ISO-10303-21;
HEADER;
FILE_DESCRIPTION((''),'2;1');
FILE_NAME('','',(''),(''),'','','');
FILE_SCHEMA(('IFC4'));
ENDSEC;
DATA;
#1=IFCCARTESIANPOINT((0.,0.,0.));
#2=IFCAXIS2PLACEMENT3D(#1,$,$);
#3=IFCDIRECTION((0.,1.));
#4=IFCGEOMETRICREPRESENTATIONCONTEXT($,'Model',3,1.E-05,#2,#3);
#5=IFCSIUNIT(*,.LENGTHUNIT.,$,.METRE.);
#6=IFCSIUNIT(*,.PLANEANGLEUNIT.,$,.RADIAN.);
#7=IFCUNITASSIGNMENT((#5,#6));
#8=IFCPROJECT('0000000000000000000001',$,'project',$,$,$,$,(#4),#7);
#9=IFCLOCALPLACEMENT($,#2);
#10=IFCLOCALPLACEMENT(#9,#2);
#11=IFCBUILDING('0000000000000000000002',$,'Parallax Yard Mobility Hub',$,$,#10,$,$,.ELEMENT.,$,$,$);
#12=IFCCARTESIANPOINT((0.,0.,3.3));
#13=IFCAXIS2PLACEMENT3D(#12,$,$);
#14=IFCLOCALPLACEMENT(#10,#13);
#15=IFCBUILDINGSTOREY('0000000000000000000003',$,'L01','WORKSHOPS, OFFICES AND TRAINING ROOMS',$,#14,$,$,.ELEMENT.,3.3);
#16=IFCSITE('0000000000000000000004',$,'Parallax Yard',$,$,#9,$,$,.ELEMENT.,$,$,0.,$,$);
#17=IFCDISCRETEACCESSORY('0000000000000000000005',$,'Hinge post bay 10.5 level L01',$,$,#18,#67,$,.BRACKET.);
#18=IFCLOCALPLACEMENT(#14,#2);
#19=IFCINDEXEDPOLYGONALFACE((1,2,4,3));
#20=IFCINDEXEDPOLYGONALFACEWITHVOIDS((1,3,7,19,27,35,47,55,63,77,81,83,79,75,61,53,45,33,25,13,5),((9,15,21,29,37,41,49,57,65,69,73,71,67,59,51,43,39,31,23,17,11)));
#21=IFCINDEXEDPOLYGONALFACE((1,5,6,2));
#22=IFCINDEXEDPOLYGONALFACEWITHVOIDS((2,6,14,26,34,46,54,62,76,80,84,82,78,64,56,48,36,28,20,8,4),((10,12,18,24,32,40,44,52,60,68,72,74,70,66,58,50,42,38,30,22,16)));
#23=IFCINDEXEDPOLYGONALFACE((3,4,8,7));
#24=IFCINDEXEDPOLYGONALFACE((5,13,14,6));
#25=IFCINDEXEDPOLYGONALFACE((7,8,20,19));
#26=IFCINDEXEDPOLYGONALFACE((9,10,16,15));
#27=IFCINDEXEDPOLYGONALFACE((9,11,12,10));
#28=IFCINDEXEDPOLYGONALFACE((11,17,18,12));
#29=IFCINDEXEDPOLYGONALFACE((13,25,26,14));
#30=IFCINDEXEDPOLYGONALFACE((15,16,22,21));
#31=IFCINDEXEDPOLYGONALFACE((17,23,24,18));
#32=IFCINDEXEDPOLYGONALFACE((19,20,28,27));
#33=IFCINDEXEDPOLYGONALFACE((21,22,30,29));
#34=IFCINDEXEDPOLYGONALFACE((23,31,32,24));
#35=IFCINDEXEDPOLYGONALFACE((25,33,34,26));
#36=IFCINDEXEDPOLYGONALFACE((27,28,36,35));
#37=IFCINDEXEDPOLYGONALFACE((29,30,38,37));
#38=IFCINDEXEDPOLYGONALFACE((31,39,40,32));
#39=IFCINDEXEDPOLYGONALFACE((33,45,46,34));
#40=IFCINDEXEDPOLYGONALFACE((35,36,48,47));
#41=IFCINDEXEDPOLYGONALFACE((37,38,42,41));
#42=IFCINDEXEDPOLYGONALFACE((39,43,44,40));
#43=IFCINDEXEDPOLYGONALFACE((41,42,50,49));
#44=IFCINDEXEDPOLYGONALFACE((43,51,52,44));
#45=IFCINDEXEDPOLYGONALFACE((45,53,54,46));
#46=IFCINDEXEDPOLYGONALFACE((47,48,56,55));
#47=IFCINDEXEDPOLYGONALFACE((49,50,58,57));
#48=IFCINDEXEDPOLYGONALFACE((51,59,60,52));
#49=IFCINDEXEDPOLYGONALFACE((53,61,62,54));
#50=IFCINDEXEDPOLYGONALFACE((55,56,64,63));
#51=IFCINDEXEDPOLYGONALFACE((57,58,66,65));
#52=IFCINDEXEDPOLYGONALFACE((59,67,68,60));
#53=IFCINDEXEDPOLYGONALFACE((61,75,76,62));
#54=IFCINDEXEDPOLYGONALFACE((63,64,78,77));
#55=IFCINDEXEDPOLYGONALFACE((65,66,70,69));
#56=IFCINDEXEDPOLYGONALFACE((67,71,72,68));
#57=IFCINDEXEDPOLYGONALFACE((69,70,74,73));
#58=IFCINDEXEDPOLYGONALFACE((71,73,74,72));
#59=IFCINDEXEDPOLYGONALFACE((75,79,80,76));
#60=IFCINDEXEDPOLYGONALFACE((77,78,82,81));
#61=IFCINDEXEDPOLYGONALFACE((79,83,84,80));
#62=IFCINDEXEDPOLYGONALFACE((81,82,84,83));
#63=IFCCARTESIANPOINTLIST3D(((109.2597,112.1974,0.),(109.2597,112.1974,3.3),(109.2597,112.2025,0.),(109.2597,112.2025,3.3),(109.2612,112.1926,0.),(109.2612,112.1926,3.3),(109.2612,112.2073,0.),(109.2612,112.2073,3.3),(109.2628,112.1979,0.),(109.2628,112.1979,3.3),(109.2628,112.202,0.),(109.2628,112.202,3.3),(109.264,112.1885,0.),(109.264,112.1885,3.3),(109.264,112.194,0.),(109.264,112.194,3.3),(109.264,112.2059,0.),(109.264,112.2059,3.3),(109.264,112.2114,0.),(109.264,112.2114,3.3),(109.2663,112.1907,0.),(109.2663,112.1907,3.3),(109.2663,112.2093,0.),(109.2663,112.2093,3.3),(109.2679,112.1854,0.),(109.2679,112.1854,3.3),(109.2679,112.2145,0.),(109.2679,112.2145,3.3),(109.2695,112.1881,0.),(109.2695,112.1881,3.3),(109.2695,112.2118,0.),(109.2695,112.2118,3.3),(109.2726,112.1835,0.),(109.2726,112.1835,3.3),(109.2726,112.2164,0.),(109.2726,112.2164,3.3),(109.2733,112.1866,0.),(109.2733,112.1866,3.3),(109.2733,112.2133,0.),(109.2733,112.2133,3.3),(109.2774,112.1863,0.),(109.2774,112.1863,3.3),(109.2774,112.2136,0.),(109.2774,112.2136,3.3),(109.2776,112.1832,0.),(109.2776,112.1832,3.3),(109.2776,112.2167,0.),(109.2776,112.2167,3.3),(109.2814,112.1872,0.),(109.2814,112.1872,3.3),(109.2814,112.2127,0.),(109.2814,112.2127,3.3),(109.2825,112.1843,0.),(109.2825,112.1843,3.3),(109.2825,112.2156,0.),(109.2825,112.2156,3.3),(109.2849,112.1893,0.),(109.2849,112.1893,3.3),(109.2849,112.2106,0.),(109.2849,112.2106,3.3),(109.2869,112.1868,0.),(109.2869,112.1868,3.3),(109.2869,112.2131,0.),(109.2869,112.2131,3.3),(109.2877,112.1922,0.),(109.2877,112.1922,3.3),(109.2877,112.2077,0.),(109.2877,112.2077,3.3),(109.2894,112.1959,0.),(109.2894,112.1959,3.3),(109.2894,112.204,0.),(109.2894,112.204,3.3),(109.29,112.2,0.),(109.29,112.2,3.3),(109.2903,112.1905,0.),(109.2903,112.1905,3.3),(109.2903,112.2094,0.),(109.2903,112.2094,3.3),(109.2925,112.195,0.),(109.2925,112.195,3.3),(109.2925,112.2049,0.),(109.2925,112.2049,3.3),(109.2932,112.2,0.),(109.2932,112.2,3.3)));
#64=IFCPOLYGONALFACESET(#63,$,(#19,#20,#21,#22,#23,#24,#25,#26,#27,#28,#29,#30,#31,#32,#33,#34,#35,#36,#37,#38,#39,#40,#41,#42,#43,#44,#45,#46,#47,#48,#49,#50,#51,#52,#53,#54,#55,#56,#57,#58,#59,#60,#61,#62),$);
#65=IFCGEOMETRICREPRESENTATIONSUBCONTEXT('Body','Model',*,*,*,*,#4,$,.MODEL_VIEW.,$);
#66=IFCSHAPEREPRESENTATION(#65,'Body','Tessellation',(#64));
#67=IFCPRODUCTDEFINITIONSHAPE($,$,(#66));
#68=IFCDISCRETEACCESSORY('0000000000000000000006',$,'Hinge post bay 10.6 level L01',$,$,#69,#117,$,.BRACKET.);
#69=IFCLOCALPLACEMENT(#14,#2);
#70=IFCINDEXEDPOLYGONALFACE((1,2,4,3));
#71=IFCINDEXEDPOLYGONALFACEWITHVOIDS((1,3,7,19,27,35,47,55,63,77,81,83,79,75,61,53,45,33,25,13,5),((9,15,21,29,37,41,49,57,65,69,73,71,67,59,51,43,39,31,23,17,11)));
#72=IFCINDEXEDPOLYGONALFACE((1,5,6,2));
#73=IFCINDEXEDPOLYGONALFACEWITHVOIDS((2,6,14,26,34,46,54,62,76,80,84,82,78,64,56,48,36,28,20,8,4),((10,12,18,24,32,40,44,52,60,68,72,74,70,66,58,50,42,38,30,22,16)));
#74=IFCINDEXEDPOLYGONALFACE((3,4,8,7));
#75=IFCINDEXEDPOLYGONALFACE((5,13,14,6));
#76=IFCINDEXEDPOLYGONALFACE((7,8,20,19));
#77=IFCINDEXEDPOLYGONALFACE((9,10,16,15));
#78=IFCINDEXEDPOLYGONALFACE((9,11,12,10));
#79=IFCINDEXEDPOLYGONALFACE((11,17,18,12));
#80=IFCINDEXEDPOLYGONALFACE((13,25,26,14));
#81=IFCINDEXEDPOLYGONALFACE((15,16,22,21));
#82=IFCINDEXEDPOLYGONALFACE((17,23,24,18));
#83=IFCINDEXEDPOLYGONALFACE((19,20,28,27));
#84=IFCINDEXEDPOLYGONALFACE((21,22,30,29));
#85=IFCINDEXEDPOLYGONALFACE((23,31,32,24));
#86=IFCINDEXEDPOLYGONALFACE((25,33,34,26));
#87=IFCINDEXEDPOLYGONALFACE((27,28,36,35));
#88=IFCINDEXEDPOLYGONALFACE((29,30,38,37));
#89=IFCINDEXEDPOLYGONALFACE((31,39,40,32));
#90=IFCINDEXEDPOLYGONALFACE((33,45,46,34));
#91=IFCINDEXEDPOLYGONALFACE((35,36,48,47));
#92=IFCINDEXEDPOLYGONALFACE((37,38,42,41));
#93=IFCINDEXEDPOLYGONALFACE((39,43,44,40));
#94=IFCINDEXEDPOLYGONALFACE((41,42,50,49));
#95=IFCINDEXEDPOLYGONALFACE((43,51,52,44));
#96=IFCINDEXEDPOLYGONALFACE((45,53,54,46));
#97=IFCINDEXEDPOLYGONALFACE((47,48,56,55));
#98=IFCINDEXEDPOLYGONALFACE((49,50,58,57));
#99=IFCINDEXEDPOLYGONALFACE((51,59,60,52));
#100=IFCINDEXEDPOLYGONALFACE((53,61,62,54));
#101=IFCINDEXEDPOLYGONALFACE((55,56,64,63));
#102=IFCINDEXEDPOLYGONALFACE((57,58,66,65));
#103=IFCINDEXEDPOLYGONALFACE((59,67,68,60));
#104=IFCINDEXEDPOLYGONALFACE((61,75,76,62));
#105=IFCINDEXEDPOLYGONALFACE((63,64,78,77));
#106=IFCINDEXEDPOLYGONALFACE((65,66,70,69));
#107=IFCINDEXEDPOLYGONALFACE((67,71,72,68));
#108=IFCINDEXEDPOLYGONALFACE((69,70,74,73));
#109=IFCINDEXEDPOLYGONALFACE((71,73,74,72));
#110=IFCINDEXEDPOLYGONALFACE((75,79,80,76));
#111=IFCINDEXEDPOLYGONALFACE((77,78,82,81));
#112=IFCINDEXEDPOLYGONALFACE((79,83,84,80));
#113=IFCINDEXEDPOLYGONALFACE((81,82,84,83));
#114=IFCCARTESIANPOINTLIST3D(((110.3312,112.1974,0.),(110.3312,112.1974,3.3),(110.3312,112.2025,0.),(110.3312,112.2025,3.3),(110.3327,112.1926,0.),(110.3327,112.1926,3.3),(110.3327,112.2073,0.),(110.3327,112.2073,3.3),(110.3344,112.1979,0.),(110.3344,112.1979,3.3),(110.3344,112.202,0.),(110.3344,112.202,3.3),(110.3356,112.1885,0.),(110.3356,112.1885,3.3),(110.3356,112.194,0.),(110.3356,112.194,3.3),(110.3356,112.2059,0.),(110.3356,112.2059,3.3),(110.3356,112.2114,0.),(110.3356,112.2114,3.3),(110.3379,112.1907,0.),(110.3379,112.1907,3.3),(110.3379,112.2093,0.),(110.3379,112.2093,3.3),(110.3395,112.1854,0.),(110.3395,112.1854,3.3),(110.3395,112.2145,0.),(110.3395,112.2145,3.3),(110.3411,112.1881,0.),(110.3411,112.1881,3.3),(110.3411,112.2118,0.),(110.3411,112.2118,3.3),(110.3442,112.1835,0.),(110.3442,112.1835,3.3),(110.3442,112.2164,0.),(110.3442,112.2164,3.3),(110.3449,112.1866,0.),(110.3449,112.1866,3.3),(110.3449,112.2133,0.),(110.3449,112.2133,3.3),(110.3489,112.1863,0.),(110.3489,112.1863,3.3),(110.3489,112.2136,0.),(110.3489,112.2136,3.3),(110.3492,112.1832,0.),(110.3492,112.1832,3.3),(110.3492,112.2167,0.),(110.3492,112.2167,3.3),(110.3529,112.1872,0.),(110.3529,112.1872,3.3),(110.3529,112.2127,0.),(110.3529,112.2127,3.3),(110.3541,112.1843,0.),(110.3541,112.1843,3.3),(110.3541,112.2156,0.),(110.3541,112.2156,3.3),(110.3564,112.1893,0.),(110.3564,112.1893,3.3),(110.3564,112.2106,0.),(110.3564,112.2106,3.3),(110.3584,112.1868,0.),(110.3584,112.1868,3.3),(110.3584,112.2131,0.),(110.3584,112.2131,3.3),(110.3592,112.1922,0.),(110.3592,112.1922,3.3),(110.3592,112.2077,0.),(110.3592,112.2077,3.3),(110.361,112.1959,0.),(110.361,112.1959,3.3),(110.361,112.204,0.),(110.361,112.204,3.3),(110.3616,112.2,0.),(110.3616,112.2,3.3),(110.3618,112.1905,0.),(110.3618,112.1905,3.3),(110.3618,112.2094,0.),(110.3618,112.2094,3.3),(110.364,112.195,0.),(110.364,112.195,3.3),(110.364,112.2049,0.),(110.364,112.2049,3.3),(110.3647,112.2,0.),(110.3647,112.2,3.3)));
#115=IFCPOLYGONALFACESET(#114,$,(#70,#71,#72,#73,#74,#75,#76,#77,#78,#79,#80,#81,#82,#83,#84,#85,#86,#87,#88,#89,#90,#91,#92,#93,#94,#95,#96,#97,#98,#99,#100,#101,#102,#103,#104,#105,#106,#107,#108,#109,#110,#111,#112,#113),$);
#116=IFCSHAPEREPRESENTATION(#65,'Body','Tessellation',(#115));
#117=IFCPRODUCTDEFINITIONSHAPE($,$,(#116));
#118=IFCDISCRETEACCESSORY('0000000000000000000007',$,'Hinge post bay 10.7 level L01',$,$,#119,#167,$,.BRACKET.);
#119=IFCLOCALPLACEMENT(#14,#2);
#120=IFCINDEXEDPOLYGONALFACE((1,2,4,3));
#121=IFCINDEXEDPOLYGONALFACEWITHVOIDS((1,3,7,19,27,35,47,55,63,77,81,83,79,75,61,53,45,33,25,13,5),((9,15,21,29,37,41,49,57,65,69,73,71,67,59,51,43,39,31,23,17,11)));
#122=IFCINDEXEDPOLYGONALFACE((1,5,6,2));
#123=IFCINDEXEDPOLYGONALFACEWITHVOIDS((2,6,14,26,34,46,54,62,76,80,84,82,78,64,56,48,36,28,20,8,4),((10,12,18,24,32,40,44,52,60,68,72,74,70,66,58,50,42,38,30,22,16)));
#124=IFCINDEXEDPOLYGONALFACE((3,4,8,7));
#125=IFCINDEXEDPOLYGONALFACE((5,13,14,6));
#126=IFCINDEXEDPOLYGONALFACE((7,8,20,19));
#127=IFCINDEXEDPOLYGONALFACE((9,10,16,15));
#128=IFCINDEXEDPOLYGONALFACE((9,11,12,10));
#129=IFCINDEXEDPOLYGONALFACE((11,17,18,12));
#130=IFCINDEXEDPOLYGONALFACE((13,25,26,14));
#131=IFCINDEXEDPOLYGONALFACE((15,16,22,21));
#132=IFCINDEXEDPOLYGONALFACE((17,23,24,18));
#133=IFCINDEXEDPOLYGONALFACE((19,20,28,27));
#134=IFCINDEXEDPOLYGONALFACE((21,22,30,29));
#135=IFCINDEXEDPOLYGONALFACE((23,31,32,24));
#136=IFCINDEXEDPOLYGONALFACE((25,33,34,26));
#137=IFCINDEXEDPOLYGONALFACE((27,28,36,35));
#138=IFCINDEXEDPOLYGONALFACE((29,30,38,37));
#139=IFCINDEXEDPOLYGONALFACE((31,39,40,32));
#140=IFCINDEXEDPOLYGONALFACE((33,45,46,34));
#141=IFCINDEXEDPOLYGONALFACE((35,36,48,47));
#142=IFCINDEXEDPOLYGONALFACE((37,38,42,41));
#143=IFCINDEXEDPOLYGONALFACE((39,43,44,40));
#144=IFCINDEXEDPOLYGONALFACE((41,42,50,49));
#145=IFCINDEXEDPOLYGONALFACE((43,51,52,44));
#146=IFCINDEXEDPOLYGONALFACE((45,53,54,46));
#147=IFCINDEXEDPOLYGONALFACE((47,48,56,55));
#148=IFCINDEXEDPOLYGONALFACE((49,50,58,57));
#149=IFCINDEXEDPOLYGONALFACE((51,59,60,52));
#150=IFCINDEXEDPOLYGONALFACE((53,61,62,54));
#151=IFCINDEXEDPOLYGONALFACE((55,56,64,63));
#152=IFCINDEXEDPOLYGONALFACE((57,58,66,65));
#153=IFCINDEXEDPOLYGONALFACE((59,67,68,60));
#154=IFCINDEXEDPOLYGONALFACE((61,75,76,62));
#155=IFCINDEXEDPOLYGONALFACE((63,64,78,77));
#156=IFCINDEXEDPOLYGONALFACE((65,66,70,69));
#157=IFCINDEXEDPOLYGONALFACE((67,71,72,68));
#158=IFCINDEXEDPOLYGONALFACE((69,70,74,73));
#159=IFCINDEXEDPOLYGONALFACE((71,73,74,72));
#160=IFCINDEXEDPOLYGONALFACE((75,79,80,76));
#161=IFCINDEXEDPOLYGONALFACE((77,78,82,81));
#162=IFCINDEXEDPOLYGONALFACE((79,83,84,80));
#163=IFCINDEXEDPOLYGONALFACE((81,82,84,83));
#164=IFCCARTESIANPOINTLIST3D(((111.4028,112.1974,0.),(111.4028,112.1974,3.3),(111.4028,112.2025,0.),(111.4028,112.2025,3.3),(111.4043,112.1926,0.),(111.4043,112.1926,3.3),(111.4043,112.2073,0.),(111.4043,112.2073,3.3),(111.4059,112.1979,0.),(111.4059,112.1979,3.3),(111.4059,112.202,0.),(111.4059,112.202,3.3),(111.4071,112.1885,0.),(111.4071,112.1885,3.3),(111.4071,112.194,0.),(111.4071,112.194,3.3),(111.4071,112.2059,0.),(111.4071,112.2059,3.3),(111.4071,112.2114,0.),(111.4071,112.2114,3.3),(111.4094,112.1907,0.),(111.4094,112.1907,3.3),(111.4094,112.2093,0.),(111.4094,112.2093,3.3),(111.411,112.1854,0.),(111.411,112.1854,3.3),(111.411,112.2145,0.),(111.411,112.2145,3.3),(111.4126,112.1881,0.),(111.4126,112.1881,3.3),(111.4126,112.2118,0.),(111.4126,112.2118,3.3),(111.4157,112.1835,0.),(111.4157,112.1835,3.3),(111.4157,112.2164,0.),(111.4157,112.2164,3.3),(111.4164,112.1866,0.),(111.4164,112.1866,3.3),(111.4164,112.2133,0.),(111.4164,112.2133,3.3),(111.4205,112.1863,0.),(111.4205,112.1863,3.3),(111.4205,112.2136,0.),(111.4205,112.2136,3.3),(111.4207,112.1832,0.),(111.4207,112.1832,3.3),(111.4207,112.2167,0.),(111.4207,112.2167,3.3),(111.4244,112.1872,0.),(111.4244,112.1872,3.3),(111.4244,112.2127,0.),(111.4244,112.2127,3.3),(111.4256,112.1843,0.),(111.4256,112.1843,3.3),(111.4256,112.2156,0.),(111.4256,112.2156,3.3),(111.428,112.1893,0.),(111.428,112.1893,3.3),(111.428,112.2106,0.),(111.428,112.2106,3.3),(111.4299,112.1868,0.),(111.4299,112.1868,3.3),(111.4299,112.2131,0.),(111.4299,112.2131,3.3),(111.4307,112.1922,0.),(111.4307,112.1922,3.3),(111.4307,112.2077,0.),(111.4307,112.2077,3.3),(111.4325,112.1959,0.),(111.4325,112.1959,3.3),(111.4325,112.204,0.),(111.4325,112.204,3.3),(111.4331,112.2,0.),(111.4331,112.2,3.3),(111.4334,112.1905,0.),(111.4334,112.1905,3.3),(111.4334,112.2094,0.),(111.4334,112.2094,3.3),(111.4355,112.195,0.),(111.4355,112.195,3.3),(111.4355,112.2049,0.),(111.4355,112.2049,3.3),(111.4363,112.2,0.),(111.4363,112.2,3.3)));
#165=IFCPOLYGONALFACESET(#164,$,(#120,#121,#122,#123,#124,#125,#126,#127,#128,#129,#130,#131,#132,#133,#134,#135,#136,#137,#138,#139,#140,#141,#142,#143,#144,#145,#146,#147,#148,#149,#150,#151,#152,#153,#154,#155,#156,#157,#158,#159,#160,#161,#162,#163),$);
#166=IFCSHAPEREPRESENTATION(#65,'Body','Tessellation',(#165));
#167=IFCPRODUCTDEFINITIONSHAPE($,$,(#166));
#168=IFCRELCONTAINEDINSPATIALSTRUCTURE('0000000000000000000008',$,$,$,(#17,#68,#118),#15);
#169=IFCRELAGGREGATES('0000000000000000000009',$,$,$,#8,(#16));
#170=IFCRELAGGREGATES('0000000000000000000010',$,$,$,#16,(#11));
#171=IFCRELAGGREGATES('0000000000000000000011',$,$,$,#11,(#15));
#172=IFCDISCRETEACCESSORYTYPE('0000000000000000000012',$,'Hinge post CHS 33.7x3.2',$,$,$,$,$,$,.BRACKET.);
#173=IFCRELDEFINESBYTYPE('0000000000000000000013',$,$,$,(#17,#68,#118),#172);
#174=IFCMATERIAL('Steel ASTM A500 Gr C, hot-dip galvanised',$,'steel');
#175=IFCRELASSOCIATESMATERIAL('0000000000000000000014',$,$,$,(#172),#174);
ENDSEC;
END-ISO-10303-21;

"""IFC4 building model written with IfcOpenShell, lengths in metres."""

from ifc_helpers import new_model, si_unit, direction, frame, origin, origin_2d, place, context, subcontext, project, spatial, hollow_circle, extrude, material, material_profile, profile_set, type_object, element, save


model = new_model("IFC4")

# Units and contexts
model_context = context("Model", 3, precision=1e-05, world=origin(), true_north=direction((0.0, 1.0)))
body_context = subcontext(model_context, "Body", "Model", "MODEL_VIEW")
ifc_project = project(units=[si_unit("LENGTHUNIT", "METRE"), si_unit("PLANEANGLEUNIT", "RADIAN")], contexts=[model_context])

# Site, building, storey
site_placement = place(None, origin())
site = spatial("IfcSite", under=ifc_project, at=site_placement, Name="Parallax Yard", CompositionType="ELEMENT", RefElevation=0.0)
building_placement = place(site_placement, origin())
building = spatial("IfcBuilding", under=site, at=building_placement, Name="Parallax Yard Mobility Hub", CompositionType="ELEMENT")
storey_placement = place(building_placement, frame((0.0, 0.0, 3.3)))
storey = spatial("IfcBuildingStorey", under=building, at=storey_placement, Name="L01", Description="WORKSHOPS, OFFICES AND TRAINING ROOMS", CompositionType="ELEMENT", Elevation=3.3)

# Discrete accessories
ifc_material_1 = material(Name="Steel ASTM A500 Gr C, hot-dip galvanised", Category="steel")
ifc_material_profile_1 = material_profile(ifc_material_1, hollow_circle(Radius=0.0168, WallThickness=0.0032, at=origin_2d()), Name="CHS 33.7x3.2")
ifc_profile_set_1 = profile_set([ifc_material_profile_1], Name="Steel ASTM A500 Gr C, hot-dip galvanised")
discrete_accessory_type_1 = type_object("IfcDiscreteAccessoryType", Name="Hinge post CHS 33.7x3.2", PredefinedType="BRACKET", material=ifc_profile_set_1)
for number, where, z_axis, x_axis, name in (
    (1, (109.2764, 112.2, 0.0), (0.0, 0.0, 1.0), (1.0, 0.0, 0.0), "Hinge post bay 10.5 level L01"),
    (2, (110.3479, 112.2, 0.0), (0.0, 0.0, 1.0), (1.0, 0.0, 0.0), "Hinge post bay 10.6 level L01"),
    (3, (111.4194, 112.2, 0.0), (0.0, 0.0, 1.0), (1.0, 0.0, 0.0), "Hinge post bay 10.7 level L01"),
):
    element("IfcDiscreteAccessory", number, at=place(storey_placement, frame(where, z_axis=z_axis, x_axis=x_axis)), inside=storey, type_object=discrete_accessory_type_1, Name=name, PredefinedType="BRACKET", context=body_context, shape_type="SweptSolid", body=[
        extrude(hollow_circle(Radius=0.0168, WallThickness=0.0032, at=origin_2d()), origin(), (0.0, 0.0, 1.0), 3.3),
    ])

save(model, "model.ifc")
